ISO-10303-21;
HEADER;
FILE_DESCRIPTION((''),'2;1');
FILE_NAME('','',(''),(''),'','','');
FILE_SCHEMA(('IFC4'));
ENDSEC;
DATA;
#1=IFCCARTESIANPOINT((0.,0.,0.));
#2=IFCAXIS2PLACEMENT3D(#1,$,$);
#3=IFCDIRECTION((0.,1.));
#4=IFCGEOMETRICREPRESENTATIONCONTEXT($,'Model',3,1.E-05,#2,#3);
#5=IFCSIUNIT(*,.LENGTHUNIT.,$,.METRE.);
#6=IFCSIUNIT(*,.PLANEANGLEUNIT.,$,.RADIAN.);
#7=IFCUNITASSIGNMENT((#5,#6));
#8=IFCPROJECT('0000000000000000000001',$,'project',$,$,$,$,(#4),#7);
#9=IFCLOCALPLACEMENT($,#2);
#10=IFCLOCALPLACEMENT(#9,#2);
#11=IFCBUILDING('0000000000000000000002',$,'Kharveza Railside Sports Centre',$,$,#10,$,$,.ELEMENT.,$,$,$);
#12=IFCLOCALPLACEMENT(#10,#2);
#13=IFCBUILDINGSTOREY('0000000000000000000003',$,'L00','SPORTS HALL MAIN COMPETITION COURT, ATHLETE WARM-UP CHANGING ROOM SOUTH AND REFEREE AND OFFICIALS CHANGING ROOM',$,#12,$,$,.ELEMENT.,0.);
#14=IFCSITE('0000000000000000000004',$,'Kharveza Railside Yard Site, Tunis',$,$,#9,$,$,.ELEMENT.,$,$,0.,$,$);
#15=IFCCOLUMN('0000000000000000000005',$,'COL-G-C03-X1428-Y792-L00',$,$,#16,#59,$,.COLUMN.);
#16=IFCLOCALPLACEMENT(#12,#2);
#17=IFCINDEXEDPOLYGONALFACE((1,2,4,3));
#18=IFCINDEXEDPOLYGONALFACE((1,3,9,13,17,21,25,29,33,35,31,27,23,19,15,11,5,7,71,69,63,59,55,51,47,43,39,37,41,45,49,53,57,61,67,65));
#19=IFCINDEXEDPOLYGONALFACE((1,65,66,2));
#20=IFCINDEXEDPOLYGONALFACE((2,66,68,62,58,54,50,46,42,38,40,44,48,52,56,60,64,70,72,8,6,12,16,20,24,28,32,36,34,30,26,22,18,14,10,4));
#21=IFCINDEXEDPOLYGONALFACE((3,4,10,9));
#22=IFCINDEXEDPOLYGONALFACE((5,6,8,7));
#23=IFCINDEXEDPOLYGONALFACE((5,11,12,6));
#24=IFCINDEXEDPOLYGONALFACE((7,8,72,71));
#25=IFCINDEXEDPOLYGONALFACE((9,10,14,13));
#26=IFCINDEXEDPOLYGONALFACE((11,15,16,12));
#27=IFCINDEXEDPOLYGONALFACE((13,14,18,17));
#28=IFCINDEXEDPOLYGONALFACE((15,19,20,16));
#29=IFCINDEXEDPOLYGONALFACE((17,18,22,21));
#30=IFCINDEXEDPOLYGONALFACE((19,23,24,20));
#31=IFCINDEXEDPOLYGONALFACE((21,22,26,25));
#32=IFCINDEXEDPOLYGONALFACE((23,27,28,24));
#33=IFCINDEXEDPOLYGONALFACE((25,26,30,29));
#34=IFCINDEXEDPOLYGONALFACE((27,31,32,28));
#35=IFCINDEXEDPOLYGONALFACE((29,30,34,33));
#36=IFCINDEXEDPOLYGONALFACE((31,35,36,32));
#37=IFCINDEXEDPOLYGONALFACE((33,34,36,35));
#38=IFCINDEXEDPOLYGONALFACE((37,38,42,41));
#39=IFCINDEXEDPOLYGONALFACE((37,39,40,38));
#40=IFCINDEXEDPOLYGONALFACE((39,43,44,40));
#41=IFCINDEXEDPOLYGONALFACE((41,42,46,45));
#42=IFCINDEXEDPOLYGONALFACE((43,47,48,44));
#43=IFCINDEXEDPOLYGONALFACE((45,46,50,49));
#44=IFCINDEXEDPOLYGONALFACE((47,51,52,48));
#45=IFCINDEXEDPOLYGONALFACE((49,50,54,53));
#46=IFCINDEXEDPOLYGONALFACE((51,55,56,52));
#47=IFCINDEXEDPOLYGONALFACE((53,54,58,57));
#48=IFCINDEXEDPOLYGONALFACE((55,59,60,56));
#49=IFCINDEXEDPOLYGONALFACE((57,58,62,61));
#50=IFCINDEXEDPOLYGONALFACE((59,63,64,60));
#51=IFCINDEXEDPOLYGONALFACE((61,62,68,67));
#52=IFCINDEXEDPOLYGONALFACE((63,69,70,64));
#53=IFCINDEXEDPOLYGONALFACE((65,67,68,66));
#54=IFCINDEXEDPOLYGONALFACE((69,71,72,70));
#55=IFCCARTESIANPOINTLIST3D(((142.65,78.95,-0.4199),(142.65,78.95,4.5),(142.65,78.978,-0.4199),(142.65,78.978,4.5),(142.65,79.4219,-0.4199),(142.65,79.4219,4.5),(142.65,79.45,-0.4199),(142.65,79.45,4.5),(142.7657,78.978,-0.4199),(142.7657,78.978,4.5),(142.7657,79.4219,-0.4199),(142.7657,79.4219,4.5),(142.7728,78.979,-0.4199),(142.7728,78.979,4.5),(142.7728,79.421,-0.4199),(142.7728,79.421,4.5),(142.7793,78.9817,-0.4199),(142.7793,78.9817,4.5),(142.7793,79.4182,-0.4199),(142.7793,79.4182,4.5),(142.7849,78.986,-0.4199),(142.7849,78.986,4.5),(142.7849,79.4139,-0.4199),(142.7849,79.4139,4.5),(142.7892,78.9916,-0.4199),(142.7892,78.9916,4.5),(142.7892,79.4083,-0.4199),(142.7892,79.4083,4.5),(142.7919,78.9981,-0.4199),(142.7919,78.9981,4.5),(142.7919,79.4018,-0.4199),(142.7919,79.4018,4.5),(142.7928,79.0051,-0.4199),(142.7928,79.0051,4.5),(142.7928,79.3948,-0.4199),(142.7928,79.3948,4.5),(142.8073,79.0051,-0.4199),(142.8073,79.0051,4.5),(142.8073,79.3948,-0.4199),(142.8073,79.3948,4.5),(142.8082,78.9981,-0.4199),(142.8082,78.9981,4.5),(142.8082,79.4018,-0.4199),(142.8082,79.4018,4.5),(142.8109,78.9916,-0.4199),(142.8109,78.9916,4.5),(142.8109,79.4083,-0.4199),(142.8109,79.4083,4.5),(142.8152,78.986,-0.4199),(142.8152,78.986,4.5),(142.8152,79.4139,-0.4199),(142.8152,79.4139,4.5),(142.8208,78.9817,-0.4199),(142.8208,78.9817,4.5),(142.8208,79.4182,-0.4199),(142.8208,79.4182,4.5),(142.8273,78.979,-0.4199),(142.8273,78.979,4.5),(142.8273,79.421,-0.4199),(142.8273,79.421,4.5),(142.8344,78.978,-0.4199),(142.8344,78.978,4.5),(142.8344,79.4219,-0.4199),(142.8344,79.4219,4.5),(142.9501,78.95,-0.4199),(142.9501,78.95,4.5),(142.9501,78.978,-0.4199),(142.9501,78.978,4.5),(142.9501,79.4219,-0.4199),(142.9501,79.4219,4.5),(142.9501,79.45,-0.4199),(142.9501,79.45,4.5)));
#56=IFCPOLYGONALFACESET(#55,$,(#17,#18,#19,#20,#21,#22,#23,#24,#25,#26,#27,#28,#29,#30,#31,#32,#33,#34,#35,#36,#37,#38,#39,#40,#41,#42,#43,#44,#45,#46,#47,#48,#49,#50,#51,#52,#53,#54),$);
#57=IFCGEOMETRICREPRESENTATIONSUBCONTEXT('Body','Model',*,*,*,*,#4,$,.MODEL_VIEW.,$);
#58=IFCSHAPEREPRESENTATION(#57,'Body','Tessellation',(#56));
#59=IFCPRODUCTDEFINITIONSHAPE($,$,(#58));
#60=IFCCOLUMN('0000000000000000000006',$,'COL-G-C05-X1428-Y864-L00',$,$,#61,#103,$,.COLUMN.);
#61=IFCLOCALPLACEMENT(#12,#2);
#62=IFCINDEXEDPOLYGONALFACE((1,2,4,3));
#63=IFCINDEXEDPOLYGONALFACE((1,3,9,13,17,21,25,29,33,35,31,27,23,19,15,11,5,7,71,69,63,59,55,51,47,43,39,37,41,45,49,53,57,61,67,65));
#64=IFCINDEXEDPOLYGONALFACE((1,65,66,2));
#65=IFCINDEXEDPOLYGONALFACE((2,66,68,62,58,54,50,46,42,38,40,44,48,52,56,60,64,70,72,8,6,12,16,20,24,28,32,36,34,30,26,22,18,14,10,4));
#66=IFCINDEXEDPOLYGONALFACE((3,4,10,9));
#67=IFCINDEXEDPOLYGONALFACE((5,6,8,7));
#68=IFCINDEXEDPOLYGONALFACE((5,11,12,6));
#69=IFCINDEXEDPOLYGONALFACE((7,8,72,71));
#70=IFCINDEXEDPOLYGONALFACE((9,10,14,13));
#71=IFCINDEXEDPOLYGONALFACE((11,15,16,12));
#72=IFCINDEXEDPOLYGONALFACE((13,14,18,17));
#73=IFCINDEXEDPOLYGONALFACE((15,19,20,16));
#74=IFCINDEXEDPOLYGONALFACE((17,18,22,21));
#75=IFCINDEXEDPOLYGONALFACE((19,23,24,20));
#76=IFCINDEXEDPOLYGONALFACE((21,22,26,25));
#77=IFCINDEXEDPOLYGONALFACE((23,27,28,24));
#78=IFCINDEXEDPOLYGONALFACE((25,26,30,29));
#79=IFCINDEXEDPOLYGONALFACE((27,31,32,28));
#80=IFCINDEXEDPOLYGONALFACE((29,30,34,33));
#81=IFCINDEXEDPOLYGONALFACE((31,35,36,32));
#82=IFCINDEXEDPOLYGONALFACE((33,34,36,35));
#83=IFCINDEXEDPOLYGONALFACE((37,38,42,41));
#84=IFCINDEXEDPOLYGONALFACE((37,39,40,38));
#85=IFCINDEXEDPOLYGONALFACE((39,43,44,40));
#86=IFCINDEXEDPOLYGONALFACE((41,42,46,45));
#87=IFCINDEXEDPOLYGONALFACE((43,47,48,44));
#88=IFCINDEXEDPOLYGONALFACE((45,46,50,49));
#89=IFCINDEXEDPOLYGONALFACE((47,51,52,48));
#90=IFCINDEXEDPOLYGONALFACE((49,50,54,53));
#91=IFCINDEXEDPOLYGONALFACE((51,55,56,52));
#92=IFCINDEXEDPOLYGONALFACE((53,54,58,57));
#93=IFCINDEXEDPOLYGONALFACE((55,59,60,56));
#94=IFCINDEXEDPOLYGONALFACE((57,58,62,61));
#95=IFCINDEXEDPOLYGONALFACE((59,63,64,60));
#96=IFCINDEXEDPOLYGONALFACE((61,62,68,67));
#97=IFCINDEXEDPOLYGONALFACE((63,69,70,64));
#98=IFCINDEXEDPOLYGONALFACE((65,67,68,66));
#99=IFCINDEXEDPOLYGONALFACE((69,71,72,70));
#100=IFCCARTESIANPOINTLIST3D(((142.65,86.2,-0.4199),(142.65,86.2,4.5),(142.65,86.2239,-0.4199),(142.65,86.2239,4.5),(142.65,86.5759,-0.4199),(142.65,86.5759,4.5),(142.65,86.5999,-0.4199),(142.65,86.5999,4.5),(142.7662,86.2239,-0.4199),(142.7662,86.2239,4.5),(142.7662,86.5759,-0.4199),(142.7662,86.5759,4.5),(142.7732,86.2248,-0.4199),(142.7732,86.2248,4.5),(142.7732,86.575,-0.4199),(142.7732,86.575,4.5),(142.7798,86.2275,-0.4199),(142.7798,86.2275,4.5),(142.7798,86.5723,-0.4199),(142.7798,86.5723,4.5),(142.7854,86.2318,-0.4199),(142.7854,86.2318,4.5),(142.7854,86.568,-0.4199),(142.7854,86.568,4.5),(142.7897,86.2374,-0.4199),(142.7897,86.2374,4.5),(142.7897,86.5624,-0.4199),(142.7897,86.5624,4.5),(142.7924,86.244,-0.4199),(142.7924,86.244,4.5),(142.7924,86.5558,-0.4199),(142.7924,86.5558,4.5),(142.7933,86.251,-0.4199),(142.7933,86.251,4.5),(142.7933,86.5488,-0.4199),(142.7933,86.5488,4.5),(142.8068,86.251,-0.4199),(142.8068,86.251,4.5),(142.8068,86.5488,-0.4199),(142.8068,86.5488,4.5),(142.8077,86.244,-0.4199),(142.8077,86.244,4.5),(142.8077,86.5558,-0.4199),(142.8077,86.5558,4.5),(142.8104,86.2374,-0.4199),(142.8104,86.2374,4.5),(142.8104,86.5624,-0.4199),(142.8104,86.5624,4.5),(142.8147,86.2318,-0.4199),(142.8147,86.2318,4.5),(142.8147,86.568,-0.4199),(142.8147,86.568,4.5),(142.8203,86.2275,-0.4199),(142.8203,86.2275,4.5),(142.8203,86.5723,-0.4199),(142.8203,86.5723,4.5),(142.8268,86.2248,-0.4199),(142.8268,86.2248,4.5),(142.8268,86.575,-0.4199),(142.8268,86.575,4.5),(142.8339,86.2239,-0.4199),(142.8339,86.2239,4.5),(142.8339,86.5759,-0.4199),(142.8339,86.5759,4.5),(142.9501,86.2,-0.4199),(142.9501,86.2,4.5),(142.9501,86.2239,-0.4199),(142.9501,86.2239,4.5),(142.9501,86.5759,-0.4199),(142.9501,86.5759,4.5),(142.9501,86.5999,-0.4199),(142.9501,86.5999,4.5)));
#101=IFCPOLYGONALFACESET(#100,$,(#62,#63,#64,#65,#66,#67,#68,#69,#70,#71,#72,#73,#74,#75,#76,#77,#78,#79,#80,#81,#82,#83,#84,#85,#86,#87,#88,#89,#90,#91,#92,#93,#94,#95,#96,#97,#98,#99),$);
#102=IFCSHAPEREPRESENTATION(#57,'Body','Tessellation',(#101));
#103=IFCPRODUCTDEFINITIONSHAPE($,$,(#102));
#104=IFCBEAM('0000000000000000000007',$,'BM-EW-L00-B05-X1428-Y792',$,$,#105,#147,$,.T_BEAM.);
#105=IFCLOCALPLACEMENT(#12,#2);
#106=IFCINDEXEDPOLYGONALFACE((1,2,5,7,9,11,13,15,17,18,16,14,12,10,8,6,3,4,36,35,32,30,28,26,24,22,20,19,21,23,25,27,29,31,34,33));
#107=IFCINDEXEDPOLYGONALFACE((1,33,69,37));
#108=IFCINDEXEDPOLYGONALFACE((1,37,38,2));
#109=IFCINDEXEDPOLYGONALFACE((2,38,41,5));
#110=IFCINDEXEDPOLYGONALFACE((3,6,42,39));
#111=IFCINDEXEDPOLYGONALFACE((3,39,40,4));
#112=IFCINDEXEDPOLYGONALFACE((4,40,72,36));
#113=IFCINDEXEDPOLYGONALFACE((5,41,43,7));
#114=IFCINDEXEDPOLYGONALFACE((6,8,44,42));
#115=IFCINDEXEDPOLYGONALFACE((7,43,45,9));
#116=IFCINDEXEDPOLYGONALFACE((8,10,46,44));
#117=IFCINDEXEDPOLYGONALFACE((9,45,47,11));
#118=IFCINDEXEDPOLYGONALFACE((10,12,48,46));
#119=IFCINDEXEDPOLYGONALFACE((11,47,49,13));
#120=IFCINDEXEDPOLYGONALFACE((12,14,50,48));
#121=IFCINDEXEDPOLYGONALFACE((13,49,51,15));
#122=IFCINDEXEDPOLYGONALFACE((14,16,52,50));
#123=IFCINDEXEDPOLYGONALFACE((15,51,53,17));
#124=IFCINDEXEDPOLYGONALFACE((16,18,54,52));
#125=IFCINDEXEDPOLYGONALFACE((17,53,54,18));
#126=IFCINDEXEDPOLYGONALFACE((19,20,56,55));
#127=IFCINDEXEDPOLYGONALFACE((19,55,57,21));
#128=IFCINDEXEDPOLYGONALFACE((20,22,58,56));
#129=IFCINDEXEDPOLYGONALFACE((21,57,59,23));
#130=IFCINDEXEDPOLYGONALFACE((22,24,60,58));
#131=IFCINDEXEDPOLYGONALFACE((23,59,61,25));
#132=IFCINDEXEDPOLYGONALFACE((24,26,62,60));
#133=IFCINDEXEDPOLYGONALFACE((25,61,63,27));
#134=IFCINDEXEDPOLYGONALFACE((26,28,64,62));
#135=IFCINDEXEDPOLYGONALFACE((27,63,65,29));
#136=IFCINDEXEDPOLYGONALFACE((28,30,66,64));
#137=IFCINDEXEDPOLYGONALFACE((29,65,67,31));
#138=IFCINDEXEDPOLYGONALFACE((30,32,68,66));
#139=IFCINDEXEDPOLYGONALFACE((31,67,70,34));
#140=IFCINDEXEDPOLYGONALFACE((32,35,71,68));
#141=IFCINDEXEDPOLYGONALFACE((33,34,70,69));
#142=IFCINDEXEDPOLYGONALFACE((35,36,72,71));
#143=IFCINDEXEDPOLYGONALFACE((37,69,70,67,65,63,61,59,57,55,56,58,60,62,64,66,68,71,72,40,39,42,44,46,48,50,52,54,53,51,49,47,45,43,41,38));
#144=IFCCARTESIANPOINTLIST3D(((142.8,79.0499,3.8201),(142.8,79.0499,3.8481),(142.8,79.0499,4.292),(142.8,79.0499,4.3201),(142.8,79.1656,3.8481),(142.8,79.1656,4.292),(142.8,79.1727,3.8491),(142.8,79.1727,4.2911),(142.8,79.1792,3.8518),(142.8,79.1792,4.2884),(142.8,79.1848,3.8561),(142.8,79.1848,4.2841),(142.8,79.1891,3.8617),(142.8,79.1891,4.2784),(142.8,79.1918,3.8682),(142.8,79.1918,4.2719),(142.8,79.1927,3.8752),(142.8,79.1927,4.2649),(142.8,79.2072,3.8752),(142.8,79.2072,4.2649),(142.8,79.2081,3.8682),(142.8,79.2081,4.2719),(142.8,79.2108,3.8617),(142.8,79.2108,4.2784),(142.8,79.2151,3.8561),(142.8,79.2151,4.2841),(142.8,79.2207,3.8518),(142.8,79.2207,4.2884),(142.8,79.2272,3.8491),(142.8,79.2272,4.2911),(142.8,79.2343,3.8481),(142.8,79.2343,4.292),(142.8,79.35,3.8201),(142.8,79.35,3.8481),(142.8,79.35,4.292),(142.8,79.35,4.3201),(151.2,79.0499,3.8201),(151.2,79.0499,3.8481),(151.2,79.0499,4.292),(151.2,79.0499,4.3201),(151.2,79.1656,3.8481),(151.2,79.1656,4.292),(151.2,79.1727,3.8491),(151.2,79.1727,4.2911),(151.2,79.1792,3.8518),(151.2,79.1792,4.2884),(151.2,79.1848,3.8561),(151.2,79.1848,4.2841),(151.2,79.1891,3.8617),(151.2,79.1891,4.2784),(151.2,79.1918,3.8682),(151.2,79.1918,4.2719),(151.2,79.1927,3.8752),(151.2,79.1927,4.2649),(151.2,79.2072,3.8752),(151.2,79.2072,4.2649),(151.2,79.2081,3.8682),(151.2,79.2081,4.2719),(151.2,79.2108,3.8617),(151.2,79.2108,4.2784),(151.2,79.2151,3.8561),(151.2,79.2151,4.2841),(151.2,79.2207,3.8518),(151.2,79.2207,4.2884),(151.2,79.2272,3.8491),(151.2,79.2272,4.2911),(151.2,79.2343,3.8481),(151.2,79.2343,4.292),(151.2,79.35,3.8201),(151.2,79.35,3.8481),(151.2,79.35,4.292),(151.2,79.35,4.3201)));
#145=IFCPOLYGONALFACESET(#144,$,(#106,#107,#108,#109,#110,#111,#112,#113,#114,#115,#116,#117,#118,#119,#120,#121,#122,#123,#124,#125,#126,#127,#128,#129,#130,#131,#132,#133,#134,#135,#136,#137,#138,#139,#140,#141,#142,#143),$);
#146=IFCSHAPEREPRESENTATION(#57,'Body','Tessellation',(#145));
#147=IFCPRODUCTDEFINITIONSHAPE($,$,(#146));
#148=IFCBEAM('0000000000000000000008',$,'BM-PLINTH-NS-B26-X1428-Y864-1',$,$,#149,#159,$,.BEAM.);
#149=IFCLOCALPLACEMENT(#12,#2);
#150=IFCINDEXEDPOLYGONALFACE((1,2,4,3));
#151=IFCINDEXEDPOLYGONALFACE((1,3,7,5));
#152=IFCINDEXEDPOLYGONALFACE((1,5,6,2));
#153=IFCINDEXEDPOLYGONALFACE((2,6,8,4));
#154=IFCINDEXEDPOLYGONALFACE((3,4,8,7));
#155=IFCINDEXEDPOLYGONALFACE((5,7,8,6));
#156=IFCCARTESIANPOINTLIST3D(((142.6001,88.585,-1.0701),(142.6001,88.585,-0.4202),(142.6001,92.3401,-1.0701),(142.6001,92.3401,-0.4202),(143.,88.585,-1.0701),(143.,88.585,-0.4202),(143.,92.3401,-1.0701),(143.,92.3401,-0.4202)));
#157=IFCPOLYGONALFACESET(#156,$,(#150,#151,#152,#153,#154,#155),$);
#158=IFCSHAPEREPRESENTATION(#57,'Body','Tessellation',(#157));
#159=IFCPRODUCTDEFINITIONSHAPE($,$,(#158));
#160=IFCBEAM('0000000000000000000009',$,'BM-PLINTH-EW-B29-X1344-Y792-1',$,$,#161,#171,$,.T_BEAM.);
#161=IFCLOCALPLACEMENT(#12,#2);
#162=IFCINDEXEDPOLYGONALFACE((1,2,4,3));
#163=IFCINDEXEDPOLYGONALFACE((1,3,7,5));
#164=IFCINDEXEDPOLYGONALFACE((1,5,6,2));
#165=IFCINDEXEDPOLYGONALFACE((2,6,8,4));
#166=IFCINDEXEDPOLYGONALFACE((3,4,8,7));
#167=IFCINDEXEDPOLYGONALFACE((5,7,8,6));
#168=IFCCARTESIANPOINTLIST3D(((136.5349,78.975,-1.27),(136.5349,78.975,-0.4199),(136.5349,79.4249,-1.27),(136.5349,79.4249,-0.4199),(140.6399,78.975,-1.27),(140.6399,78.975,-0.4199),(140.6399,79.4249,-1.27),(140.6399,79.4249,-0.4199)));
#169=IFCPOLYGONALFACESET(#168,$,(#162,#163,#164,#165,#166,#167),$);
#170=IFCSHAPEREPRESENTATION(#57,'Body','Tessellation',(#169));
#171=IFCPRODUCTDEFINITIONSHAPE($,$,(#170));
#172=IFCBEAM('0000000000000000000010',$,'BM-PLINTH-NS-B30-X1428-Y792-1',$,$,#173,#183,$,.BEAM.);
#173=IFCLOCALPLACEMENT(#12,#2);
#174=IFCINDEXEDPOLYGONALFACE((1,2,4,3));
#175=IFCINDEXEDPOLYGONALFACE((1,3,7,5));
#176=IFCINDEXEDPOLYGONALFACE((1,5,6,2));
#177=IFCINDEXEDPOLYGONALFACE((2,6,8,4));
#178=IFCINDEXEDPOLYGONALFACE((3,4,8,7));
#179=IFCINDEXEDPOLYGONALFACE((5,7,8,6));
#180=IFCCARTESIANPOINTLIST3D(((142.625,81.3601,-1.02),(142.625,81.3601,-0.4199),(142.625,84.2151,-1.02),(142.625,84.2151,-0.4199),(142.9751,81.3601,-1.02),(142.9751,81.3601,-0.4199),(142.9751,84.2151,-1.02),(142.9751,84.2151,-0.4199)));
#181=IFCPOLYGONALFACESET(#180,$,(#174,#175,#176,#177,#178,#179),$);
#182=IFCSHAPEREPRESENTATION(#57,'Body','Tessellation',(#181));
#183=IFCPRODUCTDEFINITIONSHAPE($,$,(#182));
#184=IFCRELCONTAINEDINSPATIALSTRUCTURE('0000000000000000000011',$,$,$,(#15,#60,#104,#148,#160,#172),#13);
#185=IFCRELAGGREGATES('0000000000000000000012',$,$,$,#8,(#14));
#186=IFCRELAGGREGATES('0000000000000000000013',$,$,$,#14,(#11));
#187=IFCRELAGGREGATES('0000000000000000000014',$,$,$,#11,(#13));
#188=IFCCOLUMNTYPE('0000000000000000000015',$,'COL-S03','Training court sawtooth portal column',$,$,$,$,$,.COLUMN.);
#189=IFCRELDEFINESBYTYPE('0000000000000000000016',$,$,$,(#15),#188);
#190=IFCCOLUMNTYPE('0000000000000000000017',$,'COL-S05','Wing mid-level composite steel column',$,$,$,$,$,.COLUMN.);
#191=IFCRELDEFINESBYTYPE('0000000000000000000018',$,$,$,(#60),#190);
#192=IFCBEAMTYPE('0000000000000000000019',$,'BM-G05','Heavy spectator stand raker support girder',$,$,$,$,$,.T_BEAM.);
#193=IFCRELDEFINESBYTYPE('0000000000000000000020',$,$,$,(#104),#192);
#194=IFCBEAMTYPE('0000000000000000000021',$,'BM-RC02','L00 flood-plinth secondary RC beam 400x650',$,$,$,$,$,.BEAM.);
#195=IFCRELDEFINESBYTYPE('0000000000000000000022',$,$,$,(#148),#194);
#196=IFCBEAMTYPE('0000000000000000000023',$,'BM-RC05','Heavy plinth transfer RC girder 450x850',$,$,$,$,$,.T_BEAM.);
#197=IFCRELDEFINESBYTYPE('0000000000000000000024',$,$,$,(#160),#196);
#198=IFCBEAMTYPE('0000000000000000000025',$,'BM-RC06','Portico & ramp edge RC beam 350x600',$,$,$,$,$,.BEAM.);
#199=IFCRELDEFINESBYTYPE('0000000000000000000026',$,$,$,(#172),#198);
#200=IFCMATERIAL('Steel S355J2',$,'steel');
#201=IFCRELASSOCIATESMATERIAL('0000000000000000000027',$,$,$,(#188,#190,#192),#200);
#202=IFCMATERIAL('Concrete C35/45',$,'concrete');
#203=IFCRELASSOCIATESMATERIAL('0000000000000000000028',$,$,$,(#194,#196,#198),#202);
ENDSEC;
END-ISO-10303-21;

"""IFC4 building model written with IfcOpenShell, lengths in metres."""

from ifc_helpers import new_model, si_unit, direction, frame, origin, origin_2d, place, context, subcontext, project, spatial, rectangle, i_section, extrude, material, material_profile, profile_set, type_object, element, save


model = new_model("IFC4")

# Units and contexts
model_context = context("Model", 3, precision=1e-05, world=origin(), true_north=direction((0.0, 1.0)))
body_context = subcontext(model_context, "Body", "Model", "MODEL_VIEW")
ifc_project = project(units=[si_unit("LENGTHUNIT", "METRE"), si_unit("PLANEANGLEUNIT", "RADIAN")], contexts=[model_context])

# Site, building, storey
site_placement = place(None, origin())
site = spatial("IfcSite", under=ifc_project, at=site_placement, Name="Kharveza Railside Yard Site, Tunis", CompositionType="ELEMENT", RefElevation=0.0)
building_placement = place(site_placement, origin())
building = spatial("IfcBuilding", under=site, at=building_placement, Name="Kharveza Railside Sports Centre", CompositionType="ELEMENT")
storey_placement = place(building_placement, origin())
storey = spatial("IfcBuildingStorey", under=building, at=storey_placement, Name="L00", Description="SPORTS HALL MAIN COMPETITION COURT, ATHLETE WARM-UP CHANGING ROOM SOUTH AND REFEREE AND OFFICIALS CHANGING ROOM", CompositionType="ELEMENT", Elevation=0.0)

# Shared definitions
ifc_material_1 = material(Name="Concrete C35/45", Category="concrete")

# Columns
ifc_material_2 = material(Name="Steel S355J2", Category="steel")
ifc_material_profile_1 = material_profile(ifc_material_2, i_section(OverallWidth=0.3, OverallDepth=0.5, WebThickness=0.0144, FlangeThickness=0.0281, FilletRadius=0.0271, at=origin_2d()), Name="HEB 500")
ifc_profile_set_1 = profile_set([ifc_material_profile_1], Name="Steel S355J2")
column_type_1 = type_object("IfcColumnType", Name="COL-S03", Description="Training court sawtooth portal column", PredefinedType="COLUMN", material=ifc_profile_set_1)
column_1_placement = place(storey_placement, frame((142.8, 79.2, -0.4199), z_axis=(0.0, 0.0, 1.0), x_axis=(1.0, 0.0, 0.0)))
element("IfcColumn", 1, at=column_1_placement, inside=storey, type_object=column_type_1, Name="COL-G-C03-X1428-Y792-L00", PredefinedType="COLUMN", context=body_context, shape_type="SweptSolid", body=[
    extrude(i_section(OverallWidth=0.3, OverallDepth=0.5, WebThickness=0.0144, FlangeThickness=0.0281, FilletRadius=0.0271, at=origin_2d()), origin(), (0.0, 0.0, 1.0), 4.9199),
])
ifc_material_profile_2 = material_profile(ifc_material_2, i_section(OverallWidth=0.3, OverallDepth=0.3999, WebThickness=0.0134, FlangeThickness=0.0239, FilletRadius=0.0271, at=origin_2d()), Name="HEB 400")
ifc_profile_set_2 = profile_set([ifc_material_profile_2], Name="Steel S355J2")
column_type_2 = type_object("IfcColumnType", Name="COL-S05", Description="Wing mid-level composite steel column", PredefinedType="COLUMN", material=ifc_profile_set_2)
column_2_placement = place(storey_placement, frame((142.8, 86.3999, -0.4199), z_axis=(0.0, 0.0, 1.0), x_axis=(1.0, 0.0, 0.0)))
element("IfcColumn", 2, at=column_2_placement, inside=storey, type_object=column_type_2, Name="COL-G-C05-X1428-Y864-L00", PredefinedType="COLUMN", context=body_context, shape_type="SweptSolid", body=[
    extrude(i_section(OverallWidth=0.3, OverallDepth=0.3999, WebThickness=0.0134, FlangeThickness=0.0239, FilletRadius=0.0271, at=origin_2d()), origin(), (0.0, 0.0, 1.0), 4.9199),
])

# Beams
ifc_material_profile_3 = material_profile(ifc_material_2, i_section(OverallWidth=0.3, OverallDepth=0.5, WebThickness=0.0144, FlangeThickness=0.0281, FilletRadius=0.0271, at=origin_2d()), Name="HEB 500")
ifc_profile_set_3 = profile_set([ifc_material_profile_3], Name="Steel S355J2")
beam_type_1 = type_object("IfcBeamType", Name="BM-G05", Description="Heavy spectator stand raker support girder", PredefinedType="T_BEAM", material=ifc_profile_set_3)
beam_1_placement = place(storey_placement, frame((142.8, 79.2, 4.0701), z_axis=(1.0, 0.0, 0.0), x_axis=(0.0, 1.0, 0.0)))
element("IfcBeam", 3, at=beam_1_placement, inside=storey, type_object=beam_type_1, Name="BM-EW-L00-B05-X1428-Y792", PredefinedType="T_BEAM", context=body_context, shape_type="SweptSolid", body=[
    extrude(i_section(OverallWidth=0.3, OverallDepth=0.5, WebThickness=0.0144, FlangeThickness=0.0281, FilletRadius=0.0271, at=origin_2d()), origin(), (0.0, 0.0, 1.0), 8.3999),
])
ifc_material_profile_4 = material_profile(ifc_material_1, rectangle(XDim=0.3999, YDim=0.6499, at=origin_2d()), Name="RCB 400x650")
ifc_profile_set_4 = profile_set([ifc_material_profile_4], Name="Concrete C35/45")
beam_type_2 = type_object("IfcBeamType", Name="BM-RC02", Description="L00 flood-plinth secondary RC beam 400x650", PredefinedType="BEAM", material=ifc_profile_set_4)
beam_2_placement = place(storey_placement, frame((142.8, 88.585, -0.7451), z_axis=(0.0, 1.0, 0.0), x_axis=(-1.0, 0.0, 0.0)))
element("IfcBeam", 4, at=beam_2_placement, inside=storey, type_object=beam_type_2, Name="BM-PLINTH-NS-B26-X1428-Y864-1", PredefinedType="BEAM", context=body_context, shape_type="SweptSolid", body=[
    extrude(rectangle(XDim=0.3999, YDim=0.6499, at=origin_2d()), origin(), (0.0, 0.0, 1.0), 3.7551),
])
ifc_material_profile_5 = material_profile(ifc_material_1, rectangle(XDim=0.45, YDim=0.8501, at=origin_2d()), Name="RCB 450x850")
ifc_profile_set_5 = profile_set([ifc_material_profile_5], Name="Concrete C35/45")
beam_type_3 = type_object("IfcBeamType", Name="BM-RC05", Description="Heavy plinth transfer RC girder 450x850", PredefinedType="T_BEAM", material=ifc_profile_set_5)
beam_3_placement = place(storey_placement, frame((136.5349, 79.2, -0.845), z_axis=(1.0, 0.0, 0.0), x_axis=(0.0, 1.0, 0.0)))
element("IfcBeam", 5, at=beam_3_placement, inside=storey, type_object=beam_type_3, Name="BM-PLINTH-EW-B29-X1344-Y792-1", PredefinedType="T_BEAM", context=body_context, shape_type="SweptSolid", body=[
    extrude(rectangle(XDim=0.45, YDim=0.8501, at=origin_2d()), origin(), (0.0, 0.0, 1.0), 4.105),
])
ifc_material_profile_6 = material_profile(ifc_material_1, rectangle(XDim=0.3501, YDim=0.6001, at=origin_2d()), Name="RCB 350x600")
ifc_profile_set_6 = profile_set([ifc_material_profile_6], Name="Concrete C35/45")
beam_type_4 = type_object("IfcBeamType", Name="BM-RC06", Description="Portico & ramp edge RC beam 350x600", PredefinedType="BEAM", material=ifc_profile_set_6)
beam_4_placement = place(storey_placement, frame((142.8, 81.3601, -0.72), z_axis=(0.0, 1.0, 0.0), x_axis=(-1.0, 0.0, 0.0)))
element("IfcBeam", 6, at=beam_4_placement, inside=storey, type_object=beam_type_4, Name="BM-PLINTH-NS-B30-X1428-Y792-1", PredefinedType="BEAM", context=body_context, shape_type="SweptSolid", body=[
    extrude(rectangle(XDim=0.3501, YDim=0.6001, at=origin_2d()), origin(), (0.0, 0.0, 1.0), 2.855),
])

save(model, "model.ifc")
